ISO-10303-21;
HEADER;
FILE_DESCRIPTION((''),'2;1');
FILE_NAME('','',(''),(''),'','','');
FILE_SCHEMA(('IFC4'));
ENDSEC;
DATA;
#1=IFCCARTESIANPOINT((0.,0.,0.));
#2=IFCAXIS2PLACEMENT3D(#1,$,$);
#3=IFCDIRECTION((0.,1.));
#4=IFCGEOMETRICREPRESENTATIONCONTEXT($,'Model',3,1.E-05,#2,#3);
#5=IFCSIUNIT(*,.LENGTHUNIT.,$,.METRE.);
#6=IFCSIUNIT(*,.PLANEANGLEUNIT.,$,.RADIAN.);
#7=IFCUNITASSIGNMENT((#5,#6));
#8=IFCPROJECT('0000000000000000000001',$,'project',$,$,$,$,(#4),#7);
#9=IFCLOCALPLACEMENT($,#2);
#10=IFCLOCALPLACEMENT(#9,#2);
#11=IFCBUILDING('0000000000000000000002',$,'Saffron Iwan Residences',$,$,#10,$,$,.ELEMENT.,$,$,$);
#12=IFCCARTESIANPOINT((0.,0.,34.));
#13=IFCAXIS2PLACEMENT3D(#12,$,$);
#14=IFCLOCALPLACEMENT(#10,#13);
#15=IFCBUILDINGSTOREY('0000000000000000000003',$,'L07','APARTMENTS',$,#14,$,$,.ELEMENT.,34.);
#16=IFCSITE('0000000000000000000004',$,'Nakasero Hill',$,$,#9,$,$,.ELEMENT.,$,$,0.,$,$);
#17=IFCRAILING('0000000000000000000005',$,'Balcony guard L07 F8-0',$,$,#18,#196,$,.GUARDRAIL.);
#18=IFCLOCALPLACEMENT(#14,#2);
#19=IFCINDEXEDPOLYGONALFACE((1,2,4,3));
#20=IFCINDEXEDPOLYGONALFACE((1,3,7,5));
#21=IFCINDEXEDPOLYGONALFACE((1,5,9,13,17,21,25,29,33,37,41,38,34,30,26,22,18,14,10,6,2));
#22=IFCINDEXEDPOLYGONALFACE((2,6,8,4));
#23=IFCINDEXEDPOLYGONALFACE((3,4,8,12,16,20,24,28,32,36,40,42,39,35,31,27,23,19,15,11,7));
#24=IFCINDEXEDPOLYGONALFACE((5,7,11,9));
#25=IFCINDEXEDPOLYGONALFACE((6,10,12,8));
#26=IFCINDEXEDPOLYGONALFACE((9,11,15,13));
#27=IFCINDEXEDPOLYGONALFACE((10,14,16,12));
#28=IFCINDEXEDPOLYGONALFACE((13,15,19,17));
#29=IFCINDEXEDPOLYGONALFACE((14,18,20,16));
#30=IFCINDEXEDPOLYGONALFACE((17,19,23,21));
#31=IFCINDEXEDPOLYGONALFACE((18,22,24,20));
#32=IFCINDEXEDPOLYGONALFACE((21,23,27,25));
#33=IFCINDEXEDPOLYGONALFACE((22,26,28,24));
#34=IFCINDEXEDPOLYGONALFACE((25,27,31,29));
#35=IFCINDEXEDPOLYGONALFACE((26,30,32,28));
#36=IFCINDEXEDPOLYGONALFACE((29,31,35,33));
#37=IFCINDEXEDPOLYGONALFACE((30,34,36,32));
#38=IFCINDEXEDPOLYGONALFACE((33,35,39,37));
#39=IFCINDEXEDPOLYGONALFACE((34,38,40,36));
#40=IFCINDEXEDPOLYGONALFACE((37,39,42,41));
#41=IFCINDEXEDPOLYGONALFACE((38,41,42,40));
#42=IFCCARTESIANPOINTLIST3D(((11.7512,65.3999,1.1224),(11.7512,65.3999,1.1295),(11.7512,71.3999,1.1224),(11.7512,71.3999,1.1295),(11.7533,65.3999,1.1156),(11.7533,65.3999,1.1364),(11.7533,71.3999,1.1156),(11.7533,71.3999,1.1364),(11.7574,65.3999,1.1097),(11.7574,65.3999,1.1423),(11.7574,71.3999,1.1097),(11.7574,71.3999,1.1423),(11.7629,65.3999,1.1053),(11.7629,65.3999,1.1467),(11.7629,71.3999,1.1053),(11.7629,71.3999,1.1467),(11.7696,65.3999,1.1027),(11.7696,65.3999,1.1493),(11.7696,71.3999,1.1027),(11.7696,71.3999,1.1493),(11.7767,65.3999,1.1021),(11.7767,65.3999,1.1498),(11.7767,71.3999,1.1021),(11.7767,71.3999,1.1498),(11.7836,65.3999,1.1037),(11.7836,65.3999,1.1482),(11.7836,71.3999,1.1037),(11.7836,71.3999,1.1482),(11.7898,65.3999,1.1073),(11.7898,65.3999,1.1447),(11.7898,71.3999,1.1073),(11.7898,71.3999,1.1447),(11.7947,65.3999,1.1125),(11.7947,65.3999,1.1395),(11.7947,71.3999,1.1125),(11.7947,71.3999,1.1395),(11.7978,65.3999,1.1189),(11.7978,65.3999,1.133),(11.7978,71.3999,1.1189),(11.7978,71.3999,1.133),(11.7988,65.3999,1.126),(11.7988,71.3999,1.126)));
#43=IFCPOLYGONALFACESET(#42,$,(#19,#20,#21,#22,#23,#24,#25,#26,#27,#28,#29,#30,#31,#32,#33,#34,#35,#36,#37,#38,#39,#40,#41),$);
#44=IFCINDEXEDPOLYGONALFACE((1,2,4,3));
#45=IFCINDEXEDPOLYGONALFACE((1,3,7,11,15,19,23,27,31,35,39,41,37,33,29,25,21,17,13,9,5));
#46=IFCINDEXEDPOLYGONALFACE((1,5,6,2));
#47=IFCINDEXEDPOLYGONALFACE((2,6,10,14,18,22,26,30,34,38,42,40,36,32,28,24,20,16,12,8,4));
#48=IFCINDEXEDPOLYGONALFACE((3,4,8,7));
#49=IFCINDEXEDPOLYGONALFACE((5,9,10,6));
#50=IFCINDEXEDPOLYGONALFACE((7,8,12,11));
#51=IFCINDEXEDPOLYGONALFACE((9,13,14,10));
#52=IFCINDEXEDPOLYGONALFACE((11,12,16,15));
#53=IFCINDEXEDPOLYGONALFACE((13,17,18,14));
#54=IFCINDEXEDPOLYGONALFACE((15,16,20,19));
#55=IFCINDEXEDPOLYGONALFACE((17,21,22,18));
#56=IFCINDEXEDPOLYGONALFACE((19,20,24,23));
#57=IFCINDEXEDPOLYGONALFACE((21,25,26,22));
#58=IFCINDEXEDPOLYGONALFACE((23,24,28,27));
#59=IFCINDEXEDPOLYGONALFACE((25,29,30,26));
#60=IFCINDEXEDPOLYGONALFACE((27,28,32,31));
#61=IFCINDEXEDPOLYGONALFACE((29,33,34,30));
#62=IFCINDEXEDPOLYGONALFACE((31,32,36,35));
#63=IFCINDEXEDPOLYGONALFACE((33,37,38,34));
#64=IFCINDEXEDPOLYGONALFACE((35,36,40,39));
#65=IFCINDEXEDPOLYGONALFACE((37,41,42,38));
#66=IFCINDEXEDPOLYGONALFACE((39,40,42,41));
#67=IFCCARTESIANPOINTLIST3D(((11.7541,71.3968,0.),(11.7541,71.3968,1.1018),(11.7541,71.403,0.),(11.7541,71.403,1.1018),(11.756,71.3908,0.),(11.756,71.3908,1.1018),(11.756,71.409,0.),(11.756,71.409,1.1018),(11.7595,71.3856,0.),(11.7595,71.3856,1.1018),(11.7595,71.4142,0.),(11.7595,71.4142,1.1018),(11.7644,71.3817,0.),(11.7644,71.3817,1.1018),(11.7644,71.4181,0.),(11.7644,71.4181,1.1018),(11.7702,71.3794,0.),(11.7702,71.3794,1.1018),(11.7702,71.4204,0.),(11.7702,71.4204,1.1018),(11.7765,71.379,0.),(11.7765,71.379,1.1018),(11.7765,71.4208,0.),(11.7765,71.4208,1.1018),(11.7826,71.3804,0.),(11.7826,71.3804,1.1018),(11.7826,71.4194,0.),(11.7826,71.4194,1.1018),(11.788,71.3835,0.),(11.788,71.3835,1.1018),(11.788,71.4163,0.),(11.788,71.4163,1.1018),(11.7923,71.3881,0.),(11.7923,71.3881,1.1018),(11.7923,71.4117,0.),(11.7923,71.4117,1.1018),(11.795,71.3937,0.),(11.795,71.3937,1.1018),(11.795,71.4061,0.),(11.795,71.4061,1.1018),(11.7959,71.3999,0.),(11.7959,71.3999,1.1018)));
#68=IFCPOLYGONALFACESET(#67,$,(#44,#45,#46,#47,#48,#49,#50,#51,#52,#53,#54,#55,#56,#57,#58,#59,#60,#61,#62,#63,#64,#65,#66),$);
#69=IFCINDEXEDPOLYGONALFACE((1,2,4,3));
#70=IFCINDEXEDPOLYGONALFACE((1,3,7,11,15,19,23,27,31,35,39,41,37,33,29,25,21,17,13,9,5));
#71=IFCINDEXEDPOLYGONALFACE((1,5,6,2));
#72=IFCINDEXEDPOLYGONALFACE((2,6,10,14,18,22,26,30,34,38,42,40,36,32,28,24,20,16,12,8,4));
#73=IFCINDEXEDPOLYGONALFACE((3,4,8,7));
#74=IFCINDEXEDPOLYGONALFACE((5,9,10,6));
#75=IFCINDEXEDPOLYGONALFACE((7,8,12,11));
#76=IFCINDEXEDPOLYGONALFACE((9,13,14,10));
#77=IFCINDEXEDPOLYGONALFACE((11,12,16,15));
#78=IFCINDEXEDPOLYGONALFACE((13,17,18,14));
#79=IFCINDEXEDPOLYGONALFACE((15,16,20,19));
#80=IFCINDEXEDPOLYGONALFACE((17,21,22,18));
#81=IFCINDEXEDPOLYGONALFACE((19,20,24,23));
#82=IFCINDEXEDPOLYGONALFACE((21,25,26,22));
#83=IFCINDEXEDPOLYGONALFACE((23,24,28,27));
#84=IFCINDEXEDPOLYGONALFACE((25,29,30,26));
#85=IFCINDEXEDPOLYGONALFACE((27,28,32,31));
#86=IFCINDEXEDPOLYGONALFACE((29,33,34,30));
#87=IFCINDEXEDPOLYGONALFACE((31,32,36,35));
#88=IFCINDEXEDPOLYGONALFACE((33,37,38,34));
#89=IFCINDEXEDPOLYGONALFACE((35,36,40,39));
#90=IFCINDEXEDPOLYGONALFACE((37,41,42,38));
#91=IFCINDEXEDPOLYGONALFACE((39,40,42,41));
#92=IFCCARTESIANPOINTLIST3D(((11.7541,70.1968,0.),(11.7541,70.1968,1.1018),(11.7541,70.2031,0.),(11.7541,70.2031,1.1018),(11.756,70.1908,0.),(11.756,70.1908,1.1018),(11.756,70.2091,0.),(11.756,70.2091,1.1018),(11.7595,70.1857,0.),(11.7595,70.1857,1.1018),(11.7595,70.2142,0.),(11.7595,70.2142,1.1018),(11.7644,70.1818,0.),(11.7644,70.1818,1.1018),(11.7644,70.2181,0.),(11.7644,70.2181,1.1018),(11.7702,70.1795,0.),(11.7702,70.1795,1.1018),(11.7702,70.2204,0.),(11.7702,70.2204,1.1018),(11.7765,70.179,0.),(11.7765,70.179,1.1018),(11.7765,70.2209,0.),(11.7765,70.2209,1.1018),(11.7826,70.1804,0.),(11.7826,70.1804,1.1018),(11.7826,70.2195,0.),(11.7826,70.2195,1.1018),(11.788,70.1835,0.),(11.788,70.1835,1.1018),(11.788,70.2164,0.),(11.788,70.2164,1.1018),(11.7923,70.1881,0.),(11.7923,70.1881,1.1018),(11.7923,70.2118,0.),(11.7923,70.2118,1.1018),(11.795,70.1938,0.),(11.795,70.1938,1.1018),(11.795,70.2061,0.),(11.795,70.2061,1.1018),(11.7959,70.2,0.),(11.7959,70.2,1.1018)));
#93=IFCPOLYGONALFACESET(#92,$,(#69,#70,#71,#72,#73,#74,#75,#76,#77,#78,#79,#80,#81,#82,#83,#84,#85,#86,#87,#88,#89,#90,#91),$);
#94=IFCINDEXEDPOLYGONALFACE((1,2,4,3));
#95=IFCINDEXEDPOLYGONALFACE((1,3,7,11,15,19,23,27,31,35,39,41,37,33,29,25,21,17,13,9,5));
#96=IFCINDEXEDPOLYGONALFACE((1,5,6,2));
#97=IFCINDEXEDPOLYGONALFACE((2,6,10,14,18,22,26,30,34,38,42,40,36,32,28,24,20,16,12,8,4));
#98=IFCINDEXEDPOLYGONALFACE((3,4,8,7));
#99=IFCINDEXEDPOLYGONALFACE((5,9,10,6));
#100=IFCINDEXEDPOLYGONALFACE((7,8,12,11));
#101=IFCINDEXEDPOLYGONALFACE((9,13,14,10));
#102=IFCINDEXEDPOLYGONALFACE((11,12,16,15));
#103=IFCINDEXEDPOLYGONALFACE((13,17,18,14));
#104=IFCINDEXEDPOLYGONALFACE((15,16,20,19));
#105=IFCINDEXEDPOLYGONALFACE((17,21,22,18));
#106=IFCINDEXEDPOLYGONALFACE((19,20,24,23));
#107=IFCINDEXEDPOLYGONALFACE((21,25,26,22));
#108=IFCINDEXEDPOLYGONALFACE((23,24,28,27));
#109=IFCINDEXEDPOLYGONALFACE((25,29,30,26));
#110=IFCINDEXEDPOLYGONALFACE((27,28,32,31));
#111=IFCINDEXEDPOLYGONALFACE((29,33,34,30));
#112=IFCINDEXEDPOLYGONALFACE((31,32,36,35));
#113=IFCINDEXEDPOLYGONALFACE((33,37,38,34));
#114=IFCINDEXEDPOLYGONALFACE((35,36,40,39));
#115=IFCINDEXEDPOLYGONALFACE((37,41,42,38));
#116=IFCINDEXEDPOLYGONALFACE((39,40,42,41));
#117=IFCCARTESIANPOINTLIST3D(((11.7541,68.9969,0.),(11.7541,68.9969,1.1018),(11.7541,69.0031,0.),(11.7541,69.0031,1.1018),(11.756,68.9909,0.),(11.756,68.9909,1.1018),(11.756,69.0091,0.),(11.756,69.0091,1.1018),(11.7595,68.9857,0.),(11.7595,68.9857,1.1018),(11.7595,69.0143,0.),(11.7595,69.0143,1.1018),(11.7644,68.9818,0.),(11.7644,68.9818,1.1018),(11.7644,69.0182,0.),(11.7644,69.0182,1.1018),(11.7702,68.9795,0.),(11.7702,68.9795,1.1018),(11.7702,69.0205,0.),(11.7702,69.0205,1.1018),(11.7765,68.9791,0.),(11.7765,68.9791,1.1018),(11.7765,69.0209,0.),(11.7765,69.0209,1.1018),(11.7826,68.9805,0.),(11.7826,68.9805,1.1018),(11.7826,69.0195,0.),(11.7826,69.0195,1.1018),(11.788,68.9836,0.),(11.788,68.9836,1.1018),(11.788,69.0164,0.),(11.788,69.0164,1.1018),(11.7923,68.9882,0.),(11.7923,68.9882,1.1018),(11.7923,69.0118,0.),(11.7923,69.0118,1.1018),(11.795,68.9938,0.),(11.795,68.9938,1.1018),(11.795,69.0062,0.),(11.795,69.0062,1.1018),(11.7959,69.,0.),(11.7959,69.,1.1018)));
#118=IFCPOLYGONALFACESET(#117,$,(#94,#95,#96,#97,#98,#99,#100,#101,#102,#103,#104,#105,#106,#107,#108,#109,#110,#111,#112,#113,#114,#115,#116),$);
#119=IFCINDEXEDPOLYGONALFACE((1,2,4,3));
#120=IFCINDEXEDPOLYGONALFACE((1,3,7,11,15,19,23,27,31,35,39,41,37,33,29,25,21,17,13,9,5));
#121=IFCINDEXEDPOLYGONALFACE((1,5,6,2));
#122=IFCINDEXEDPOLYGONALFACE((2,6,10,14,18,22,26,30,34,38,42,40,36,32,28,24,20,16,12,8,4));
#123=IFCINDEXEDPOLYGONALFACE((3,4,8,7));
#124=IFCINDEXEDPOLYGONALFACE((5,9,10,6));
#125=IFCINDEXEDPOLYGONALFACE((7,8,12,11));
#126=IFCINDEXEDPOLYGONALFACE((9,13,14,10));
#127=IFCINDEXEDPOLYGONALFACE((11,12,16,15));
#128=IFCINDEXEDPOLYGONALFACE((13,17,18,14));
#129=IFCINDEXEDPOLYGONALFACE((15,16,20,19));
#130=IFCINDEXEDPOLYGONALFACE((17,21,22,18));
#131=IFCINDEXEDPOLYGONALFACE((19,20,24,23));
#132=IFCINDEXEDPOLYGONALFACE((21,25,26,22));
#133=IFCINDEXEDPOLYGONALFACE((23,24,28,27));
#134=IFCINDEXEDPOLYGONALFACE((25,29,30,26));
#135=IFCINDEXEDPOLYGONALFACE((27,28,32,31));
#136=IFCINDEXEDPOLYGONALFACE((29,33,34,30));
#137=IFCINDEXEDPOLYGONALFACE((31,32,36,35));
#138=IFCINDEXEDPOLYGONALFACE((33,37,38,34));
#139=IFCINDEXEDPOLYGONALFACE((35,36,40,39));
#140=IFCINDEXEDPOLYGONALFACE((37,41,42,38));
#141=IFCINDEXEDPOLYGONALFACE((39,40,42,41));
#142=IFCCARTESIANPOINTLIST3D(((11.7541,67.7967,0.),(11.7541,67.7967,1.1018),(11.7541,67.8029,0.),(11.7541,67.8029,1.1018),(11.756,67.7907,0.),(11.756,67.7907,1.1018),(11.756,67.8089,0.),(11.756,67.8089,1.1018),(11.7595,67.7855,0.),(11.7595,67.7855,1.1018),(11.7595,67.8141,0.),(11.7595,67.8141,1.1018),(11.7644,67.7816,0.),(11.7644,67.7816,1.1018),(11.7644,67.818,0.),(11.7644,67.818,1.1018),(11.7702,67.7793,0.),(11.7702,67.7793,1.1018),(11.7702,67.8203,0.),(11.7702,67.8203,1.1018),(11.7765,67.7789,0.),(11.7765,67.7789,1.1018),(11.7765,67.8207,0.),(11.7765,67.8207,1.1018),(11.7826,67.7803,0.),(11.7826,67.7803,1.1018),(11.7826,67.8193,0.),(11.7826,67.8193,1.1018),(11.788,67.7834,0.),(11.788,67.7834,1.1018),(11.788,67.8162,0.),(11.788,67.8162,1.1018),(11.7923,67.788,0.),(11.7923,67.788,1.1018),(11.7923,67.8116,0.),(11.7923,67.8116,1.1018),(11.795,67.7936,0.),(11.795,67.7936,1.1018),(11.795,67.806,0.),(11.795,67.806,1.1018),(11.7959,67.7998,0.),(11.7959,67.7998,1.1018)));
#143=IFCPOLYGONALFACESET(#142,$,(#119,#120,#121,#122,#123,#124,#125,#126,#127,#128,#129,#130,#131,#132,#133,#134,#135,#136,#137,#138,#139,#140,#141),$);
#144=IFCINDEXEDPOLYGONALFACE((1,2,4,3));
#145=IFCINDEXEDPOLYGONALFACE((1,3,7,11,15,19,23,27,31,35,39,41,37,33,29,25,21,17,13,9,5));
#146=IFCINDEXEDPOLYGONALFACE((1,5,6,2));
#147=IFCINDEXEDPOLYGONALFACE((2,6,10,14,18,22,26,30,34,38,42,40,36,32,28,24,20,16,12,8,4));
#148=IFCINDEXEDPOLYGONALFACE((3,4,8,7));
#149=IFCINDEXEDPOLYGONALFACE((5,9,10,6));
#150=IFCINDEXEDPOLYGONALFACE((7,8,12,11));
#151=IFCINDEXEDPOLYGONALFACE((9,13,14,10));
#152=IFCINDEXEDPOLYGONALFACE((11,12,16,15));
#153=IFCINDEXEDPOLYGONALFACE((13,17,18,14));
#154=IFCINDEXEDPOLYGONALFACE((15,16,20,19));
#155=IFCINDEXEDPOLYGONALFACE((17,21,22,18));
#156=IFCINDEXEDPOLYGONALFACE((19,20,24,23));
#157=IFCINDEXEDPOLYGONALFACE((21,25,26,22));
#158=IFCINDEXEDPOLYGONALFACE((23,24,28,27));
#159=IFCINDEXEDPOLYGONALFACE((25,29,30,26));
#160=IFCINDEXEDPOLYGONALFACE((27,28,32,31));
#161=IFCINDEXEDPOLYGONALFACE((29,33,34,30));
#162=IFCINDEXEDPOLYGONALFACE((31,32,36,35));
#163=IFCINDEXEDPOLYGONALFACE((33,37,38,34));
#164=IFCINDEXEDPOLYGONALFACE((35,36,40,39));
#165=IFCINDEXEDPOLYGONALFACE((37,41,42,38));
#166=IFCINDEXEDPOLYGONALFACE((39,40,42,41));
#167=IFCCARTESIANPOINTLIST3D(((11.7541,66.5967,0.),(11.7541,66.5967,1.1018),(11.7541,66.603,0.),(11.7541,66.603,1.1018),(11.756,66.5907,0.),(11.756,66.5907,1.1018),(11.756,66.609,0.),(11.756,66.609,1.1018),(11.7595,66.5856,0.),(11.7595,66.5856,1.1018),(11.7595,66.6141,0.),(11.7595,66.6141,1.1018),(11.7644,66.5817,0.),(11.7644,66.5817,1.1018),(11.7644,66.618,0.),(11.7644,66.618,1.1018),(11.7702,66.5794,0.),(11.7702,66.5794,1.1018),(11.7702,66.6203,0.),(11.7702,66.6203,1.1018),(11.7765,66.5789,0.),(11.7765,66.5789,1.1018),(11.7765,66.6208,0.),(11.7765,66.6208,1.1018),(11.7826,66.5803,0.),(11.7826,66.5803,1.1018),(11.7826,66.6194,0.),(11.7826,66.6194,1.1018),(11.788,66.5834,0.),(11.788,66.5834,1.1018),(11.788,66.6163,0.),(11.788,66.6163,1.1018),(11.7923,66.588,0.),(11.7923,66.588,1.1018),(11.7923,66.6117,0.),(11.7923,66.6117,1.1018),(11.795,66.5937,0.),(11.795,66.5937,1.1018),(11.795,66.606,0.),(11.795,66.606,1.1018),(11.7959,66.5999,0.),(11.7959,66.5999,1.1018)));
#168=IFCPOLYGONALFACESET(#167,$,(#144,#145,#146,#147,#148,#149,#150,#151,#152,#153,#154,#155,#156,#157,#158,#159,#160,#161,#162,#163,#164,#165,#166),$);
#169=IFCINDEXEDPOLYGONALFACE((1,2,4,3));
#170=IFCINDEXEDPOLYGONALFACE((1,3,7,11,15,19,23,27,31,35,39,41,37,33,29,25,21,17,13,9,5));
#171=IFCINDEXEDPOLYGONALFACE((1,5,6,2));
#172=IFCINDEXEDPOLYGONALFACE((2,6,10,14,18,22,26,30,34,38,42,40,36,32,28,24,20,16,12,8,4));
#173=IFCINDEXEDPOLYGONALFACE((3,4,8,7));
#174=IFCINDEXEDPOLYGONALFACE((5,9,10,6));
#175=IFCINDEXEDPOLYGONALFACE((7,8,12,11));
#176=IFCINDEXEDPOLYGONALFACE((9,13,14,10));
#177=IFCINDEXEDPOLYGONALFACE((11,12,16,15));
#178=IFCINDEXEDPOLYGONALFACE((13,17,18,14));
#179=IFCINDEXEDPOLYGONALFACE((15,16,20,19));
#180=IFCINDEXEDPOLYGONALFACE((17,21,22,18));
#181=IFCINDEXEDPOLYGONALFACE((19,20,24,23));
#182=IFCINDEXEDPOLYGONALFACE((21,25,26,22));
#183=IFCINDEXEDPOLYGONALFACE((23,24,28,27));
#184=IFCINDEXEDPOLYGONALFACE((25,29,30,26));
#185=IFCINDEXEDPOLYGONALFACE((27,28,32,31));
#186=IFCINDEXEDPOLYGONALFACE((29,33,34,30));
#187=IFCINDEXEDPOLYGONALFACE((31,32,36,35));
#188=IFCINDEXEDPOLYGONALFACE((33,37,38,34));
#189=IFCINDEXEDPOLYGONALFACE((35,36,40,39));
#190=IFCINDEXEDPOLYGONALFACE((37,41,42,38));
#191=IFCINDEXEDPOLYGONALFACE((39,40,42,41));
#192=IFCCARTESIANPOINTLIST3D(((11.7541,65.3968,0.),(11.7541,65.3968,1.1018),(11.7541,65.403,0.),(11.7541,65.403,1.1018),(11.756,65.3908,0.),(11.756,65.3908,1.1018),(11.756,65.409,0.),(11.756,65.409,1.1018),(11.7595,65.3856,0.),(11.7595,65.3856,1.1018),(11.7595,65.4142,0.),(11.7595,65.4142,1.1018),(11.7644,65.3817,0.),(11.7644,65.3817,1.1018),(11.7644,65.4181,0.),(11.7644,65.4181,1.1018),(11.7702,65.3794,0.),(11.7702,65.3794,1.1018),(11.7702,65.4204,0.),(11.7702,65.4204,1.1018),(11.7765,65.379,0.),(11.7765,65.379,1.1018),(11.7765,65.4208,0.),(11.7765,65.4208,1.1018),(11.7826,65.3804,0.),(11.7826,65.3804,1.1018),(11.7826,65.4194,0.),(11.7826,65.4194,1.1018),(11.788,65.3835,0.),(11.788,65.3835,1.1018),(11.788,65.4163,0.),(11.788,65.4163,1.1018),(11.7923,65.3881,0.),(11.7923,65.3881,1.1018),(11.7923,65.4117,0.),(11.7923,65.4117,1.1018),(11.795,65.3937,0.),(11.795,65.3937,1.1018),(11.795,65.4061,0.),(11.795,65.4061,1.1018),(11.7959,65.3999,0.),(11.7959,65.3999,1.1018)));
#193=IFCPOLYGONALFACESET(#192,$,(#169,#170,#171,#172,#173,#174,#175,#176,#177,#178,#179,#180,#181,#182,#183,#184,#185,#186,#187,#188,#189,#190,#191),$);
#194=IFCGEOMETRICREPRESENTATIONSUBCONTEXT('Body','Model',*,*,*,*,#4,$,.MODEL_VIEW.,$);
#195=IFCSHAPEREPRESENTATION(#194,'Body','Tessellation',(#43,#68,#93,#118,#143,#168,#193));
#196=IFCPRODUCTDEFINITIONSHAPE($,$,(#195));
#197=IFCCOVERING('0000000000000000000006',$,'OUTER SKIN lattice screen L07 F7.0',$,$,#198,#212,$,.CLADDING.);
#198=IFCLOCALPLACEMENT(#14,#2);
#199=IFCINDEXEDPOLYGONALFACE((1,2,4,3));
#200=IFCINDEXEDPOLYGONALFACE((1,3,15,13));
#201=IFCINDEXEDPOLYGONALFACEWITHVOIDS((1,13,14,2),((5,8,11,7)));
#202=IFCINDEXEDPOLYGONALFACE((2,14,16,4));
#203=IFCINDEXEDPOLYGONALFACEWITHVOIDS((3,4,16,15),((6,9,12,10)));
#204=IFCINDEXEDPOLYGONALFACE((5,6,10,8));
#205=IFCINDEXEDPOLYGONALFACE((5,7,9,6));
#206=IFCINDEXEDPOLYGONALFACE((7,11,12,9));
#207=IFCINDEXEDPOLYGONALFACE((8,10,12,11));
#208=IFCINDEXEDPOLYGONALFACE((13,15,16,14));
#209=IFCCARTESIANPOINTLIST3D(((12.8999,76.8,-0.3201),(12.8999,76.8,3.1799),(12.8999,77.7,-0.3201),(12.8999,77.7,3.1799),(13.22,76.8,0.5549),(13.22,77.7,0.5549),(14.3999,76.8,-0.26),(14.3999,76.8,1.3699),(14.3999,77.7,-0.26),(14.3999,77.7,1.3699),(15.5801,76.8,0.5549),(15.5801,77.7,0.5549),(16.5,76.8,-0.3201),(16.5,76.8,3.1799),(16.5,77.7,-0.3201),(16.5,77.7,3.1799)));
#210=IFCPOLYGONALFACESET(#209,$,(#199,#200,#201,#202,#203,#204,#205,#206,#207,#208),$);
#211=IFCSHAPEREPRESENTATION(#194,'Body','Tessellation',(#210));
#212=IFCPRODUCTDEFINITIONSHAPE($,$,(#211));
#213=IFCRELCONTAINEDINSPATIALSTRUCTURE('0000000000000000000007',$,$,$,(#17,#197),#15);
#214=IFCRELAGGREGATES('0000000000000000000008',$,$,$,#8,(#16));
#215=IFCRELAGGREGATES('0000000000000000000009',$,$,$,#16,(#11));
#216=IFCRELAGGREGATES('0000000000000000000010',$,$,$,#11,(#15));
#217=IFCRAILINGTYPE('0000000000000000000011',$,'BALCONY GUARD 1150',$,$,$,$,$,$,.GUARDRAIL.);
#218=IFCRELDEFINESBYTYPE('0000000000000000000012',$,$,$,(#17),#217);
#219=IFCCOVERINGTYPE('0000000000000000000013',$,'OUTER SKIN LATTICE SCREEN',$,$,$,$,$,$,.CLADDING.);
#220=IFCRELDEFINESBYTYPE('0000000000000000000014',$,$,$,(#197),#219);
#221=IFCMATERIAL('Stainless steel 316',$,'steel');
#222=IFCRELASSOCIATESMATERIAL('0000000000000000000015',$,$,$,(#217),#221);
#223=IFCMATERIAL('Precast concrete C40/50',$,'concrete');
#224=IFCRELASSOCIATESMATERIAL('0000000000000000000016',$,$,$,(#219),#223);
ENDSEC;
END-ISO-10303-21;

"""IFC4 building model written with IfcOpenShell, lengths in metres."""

from ifc_helpers import new_model, si_unit, direction, frame, origin, origin_2d, place, context, subcontext, project, spatial, polyline, circle, outline, extrude, material, type_object, element, save


model = new_model("IFC4")

# Units and contexts
model_context = context("Model", 3, precision=1e-05, world=origin(), true_north=direction((0.0, 1.0)))
body_context = subcontext(model_context, "Body", "Model", "MODEL_VIEW")
ifc_project = project(units=[si_unit("LENGTHUNIT", "METRE"), si_unit("PLANEANGLEUNIT", "RADIAN")], contexts=[model_context])

# Site, building, storey
site_placement = place(None, origin())
site = spatial("IfcSite", under=ifc_project, at=site_placement, Name="Nakasero Hill", CompositionType="ELEMENT", RefElevation=0.0)
building_placement = place(site_placement, origin())
building = spatial("IfcBuilding", under=site, at=building_placement, Name="Saffron Iwan Residences", CompositionType="ELEMENT")
storey_placement = place(building_placement, frame((0.0, 0.0, 34.0)))
storey = spatial("IfcBuildingStorey", under=building, at=storey_placement, Name="L07", Description="APARTMENTS", CompositionType="ELEMENT", Elevation=34.0)

# Railing
ifc_material_1 = material(Name="Stainless steel 316", Category="steel")
railing_type = type_object("IfcRailingType", Name="BALCONY GUARD 1150", PredefinedType="GUARDRAIL", material=ifc_material_1)
railing_placement = place(storey_placement, frame((11.7749, 71.3999, 0.0)))
element("IfcRailing", 1, at=railing_placement, inside=storey, type_object=railing_type, Name="Balcony guard L07 F8-0", PredefinedType="GUARDRAIL", context=body_context, shape_type="SweptSolid", body=[
    extrude(circle(Radius=0.0239, at=origin_2d()), frame((0.0, 0.0, 1.126), z_axis=(0.0, -1.0, 0.0), x_axis=(1.0, 0.0, 0.0)), (0.0, 0.0, 1.0), 6.0),
    extrude(circle(Radius=0.021, at=origin_2d()), origin(), (0.0, 0.0, 1.0), 1.1018),
    extrude(circle(Radius=0.021, at=origin_2d()), frame((0.0, -1.2, 0.0)), (0.0, 0.0, 1.0), 1.1018),
    extrude(circle(Radius=0.021, at=origin_2d()), frame((0.0, -2.3999, 0.0)), (0.0, 0.0, 1.0), 1.1018),
    extrude(circle(Radius=0.021, at=origin_2d()), frame((0.0, -3.6001, 0.0)), (0.0, 0.0, 1.0), 1.1018),
    extrude(circle(Radius=0.021, at=origin_2d()), frame((0.0, -4.8, 0.0)), (0.0, 0.0, 1.0), 1.1018),
    extrude(circle(Radius=0.021, at=origin_2d()), frame((0.0, -6.0, 0.0)), (0.0, 0.0, 1.0), 1.1018),
])

# Covering
ifc_material_2 = material(Name="Precast concrete C40/50", Category="concrete")
covering_type = type_object("IfcCoveringType", Name="OUTER SKIN LATTICE SCREEN", PredefinedType="CLADDING", material=ifc_material_2)
covering_1_placement = place(storey_placement, frame((16.5, 76.8, -0.3201), z_axis=(0.0, 1.0, 0.0), x_axis=(-1.0, 0.0, 0.0)))
element("IfcCovering", 2, at=covering_1_placement, inside=storey, type_object=covering_type, Name="OUTER SKIN lattice screen L07 F7.0", PredefinedType="CLADDING", context=body_context, shape_type="SweptSolid", body=[
    extrude(outline(polyline([(0.0, 0.0), (3.6001, 0.0), (3.6001, 3.5), (0.0, 3.5), (0.0, 0.0)]), holes=[polyline([(0.9199, 0.875), (2.1001, 0.0601), (3.28, 0.875), (2.1001, 1.6899), (0.9199, 0.875)])]), origin(), (0.0, 0.0, 1.0), 0.8999),
])

save(model, "model.ifc")
